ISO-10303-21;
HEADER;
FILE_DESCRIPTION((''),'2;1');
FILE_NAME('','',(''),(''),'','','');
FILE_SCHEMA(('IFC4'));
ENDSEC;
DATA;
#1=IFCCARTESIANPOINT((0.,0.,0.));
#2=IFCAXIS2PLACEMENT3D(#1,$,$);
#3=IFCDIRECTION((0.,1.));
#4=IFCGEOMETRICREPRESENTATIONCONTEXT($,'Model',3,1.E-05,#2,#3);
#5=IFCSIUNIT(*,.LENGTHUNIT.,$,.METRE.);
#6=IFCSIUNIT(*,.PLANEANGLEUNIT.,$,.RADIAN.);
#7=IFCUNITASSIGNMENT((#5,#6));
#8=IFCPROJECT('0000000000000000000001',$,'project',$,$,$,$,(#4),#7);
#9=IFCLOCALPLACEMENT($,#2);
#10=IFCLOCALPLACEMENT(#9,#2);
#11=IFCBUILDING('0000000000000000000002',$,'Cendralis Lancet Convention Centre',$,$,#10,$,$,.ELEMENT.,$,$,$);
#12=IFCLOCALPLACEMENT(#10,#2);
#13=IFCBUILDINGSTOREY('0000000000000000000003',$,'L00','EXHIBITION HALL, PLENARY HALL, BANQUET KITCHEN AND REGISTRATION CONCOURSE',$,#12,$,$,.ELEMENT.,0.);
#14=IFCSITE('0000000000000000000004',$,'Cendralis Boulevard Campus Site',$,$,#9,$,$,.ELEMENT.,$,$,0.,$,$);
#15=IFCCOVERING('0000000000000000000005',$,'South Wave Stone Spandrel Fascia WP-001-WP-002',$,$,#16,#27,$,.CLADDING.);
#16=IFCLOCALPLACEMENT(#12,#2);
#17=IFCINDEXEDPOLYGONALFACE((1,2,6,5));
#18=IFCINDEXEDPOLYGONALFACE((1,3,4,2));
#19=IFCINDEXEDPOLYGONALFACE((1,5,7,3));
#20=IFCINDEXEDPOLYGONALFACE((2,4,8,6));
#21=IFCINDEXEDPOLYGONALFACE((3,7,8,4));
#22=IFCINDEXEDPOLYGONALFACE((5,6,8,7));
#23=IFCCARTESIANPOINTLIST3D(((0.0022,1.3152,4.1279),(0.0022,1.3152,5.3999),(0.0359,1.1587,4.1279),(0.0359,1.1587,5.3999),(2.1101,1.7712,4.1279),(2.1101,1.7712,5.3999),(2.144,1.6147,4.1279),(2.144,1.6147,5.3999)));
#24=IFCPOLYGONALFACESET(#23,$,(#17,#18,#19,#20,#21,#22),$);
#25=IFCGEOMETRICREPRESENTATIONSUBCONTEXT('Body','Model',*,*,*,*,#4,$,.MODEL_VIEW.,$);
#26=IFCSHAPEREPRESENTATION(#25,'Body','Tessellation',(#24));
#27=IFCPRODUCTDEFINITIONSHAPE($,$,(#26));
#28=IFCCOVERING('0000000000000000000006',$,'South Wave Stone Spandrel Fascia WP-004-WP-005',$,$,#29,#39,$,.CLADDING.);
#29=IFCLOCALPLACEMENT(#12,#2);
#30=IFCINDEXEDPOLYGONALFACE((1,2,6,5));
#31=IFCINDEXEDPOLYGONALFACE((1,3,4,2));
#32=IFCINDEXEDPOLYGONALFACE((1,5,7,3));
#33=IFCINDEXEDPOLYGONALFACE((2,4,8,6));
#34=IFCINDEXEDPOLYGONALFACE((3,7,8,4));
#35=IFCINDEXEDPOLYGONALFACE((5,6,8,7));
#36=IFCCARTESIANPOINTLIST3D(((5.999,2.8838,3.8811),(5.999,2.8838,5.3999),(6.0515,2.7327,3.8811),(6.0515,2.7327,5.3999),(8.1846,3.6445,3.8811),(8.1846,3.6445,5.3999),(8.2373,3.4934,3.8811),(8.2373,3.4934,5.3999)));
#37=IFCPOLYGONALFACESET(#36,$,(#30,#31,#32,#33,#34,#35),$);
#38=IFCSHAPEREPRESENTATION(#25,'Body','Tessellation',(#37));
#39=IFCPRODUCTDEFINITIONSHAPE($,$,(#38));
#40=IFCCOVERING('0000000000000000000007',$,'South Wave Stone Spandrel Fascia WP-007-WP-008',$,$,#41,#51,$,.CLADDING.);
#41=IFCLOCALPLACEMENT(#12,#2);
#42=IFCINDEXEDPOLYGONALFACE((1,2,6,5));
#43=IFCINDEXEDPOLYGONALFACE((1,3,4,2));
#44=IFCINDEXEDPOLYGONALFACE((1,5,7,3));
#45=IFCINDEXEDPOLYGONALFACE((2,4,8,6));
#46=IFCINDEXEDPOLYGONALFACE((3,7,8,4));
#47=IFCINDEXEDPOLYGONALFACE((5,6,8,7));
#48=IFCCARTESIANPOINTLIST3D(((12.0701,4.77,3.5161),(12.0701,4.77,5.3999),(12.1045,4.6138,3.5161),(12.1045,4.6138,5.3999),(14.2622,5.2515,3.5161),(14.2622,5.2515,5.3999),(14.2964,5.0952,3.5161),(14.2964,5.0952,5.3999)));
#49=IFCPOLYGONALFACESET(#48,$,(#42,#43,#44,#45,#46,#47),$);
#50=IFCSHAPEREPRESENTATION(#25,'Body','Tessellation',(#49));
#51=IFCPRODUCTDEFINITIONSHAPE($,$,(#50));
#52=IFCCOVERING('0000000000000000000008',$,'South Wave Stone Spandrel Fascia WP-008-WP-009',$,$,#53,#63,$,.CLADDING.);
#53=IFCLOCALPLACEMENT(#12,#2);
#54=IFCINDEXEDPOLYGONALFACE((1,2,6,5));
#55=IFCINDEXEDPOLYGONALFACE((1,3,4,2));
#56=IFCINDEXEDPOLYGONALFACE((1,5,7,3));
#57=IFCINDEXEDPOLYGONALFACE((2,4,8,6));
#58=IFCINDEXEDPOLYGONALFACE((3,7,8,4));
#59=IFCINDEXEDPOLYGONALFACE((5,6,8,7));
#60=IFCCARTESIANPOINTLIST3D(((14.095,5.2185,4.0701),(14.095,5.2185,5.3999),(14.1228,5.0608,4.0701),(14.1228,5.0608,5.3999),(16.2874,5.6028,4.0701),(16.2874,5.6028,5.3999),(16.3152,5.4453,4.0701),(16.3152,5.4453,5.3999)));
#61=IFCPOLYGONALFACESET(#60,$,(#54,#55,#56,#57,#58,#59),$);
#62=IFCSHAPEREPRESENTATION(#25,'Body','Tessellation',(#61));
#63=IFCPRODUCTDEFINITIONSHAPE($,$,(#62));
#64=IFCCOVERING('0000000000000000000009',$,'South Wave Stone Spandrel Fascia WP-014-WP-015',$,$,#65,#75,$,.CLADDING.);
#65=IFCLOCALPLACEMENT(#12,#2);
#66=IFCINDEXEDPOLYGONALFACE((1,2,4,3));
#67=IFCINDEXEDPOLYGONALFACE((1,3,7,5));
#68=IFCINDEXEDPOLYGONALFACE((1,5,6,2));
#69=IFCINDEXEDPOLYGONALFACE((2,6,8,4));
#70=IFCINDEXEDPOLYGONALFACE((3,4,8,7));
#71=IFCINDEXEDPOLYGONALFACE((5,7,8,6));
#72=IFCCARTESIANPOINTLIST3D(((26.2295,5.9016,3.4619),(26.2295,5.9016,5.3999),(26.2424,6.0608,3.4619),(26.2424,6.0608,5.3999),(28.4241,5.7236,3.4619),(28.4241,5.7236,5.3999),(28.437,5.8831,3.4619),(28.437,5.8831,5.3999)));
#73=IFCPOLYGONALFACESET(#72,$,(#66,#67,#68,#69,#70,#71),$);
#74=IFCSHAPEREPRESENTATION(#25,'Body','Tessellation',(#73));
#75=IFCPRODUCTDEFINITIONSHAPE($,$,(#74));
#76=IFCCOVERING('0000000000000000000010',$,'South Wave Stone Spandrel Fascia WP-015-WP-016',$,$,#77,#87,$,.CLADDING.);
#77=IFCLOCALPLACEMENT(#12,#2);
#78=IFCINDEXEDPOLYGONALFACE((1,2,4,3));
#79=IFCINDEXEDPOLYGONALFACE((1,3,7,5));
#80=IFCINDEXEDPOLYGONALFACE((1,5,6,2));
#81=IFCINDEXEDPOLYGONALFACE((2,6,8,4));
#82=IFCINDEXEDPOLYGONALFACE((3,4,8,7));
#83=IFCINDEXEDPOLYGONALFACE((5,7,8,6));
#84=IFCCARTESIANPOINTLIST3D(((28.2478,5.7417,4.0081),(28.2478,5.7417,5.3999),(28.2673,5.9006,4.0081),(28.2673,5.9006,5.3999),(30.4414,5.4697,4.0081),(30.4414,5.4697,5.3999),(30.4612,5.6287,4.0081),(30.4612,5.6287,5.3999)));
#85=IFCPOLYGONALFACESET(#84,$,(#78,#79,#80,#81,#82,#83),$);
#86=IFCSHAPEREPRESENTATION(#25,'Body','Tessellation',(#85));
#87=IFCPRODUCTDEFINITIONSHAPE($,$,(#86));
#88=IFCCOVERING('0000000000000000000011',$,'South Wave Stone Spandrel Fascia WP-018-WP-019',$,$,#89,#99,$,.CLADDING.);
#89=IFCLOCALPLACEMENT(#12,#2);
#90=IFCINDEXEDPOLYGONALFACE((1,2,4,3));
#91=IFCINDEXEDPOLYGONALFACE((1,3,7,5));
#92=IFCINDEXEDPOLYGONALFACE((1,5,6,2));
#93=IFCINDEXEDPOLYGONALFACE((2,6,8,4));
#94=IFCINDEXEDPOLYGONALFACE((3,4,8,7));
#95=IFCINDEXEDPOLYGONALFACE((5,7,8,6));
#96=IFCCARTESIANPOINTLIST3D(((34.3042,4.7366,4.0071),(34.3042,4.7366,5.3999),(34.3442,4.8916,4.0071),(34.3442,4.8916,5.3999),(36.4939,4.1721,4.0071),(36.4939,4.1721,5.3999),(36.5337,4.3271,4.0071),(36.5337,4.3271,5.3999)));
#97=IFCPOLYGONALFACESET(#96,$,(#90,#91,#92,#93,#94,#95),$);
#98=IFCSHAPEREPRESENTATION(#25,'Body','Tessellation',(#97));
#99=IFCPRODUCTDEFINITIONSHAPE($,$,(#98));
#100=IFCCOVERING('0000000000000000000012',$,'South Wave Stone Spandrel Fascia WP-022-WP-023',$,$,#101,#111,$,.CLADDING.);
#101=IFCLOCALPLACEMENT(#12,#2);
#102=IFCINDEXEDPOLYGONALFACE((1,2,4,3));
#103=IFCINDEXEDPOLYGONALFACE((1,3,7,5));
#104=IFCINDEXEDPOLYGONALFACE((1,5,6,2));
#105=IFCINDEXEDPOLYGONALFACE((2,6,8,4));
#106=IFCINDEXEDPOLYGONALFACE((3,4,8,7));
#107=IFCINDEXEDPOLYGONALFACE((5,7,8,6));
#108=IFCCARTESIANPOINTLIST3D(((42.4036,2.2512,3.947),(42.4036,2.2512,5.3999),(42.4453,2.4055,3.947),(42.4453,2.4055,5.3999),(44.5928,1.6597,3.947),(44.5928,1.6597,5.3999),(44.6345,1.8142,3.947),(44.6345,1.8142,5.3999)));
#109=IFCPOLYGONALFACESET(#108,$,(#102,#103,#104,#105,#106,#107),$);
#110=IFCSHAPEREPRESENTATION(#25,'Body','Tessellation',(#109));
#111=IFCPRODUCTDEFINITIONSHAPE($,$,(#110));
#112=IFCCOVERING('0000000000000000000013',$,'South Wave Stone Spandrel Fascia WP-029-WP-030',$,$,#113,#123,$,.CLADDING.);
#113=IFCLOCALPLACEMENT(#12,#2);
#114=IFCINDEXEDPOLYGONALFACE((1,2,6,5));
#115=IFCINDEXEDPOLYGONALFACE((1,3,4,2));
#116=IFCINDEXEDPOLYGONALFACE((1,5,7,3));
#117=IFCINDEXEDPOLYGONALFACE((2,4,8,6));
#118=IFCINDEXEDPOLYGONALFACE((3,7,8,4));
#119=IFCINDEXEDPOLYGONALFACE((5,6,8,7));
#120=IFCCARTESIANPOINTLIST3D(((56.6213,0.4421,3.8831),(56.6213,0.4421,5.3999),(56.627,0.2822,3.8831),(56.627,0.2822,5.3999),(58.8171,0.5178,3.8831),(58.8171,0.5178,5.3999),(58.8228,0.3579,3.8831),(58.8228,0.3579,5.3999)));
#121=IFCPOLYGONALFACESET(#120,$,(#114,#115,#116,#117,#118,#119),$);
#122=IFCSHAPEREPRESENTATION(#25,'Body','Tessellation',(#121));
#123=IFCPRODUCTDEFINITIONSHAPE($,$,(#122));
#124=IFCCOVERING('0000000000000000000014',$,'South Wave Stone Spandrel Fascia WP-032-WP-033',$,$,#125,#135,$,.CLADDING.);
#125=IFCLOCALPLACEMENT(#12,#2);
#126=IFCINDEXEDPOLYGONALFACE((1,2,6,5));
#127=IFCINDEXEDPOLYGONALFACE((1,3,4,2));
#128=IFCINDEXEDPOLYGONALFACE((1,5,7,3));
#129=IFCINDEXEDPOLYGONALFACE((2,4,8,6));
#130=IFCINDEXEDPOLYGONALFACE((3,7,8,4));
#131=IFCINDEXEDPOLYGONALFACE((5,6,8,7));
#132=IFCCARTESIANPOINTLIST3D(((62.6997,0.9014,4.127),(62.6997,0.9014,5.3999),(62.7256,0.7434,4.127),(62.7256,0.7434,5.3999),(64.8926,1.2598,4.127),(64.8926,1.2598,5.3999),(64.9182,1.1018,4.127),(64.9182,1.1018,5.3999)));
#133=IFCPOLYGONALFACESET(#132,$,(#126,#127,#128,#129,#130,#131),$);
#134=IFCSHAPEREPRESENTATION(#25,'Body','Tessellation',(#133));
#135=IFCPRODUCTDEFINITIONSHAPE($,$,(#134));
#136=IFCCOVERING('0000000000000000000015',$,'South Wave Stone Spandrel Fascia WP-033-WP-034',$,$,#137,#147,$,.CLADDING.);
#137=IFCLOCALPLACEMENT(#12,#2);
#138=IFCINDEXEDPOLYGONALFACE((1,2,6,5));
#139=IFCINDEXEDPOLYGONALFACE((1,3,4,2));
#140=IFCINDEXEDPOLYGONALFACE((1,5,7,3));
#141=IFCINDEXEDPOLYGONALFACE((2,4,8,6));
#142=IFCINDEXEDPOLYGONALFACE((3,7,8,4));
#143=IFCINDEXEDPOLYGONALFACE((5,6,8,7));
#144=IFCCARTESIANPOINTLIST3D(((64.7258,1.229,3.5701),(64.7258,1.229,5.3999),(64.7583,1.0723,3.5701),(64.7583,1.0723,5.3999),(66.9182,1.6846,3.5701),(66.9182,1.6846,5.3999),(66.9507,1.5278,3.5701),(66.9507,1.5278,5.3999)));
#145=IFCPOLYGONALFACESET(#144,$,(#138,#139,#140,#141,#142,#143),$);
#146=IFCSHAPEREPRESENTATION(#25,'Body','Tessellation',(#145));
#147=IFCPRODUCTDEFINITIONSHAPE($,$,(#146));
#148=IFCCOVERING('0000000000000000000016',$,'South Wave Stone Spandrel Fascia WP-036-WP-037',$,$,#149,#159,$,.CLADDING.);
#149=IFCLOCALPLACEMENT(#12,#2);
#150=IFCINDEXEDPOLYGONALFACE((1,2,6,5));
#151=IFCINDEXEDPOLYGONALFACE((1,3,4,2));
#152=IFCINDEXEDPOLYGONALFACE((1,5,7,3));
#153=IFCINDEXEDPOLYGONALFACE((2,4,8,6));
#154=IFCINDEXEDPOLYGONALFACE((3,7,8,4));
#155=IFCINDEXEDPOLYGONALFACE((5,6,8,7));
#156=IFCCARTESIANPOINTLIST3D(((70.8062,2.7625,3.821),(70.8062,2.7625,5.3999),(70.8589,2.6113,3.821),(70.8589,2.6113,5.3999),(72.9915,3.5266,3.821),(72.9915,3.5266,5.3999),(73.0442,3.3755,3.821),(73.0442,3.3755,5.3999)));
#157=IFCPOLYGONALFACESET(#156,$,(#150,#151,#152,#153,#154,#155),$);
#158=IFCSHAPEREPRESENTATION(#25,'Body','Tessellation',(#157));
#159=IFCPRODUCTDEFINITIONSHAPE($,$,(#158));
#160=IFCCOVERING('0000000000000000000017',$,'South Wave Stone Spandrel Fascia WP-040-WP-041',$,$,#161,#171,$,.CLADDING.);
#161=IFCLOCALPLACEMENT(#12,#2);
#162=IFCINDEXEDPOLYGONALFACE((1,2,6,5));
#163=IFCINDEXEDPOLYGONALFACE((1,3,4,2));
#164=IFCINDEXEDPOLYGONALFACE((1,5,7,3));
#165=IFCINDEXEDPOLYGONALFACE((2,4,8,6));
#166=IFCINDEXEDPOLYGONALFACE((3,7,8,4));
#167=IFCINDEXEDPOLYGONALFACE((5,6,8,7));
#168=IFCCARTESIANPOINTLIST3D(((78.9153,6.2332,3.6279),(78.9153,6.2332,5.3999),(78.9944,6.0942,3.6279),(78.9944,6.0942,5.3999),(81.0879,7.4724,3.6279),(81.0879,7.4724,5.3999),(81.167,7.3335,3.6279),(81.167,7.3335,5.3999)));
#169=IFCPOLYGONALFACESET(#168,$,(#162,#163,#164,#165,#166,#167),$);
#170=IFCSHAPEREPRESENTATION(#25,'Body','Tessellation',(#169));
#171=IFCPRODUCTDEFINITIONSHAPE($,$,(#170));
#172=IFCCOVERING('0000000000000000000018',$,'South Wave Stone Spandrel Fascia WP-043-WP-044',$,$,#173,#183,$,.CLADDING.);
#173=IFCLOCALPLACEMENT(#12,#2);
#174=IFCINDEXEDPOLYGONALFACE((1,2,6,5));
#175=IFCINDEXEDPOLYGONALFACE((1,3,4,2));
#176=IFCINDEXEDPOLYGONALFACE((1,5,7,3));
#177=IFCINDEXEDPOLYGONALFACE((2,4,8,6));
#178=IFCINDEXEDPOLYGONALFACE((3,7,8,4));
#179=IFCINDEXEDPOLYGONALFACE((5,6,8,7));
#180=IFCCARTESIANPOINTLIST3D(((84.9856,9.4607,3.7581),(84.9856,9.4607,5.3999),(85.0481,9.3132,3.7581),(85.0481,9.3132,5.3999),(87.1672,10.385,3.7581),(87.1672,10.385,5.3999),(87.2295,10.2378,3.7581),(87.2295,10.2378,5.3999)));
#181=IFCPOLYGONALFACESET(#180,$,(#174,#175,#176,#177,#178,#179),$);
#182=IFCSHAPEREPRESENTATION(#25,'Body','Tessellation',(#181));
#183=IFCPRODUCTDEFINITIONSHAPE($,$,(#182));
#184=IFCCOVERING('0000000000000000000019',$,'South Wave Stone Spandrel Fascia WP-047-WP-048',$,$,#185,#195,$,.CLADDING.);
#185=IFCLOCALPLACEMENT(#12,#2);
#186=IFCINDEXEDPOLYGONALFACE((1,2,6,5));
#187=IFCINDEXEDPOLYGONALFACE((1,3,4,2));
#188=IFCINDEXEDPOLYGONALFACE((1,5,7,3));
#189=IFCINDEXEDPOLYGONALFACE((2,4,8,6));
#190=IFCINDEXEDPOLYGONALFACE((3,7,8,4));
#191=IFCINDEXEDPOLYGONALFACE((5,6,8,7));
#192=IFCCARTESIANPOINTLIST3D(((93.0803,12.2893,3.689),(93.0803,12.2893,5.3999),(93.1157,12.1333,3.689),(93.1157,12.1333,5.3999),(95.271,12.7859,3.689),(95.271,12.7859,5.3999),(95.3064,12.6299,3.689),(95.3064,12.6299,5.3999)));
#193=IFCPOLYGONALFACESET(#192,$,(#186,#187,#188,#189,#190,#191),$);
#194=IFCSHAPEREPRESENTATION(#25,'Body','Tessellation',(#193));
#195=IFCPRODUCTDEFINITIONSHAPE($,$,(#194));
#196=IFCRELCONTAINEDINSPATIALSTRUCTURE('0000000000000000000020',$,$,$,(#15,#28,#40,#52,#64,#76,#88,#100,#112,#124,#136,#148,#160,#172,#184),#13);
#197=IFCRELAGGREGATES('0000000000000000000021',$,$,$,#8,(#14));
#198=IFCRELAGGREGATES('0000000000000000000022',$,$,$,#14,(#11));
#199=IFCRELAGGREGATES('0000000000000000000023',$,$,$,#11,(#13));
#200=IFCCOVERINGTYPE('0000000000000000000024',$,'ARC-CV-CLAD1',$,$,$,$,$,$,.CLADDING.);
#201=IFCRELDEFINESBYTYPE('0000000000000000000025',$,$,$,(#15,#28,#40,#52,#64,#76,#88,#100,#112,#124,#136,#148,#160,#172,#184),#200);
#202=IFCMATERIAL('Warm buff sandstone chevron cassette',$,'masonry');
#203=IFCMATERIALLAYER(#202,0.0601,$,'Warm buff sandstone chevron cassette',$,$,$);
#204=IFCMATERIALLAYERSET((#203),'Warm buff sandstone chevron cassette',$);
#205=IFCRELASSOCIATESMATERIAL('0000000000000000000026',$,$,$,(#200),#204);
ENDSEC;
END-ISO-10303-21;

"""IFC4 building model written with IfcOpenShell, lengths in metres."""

from ifc_helpers import new_model, si_unit, direction, frame, origin, place, context, subcontext, project, spatial, polyline, outline, extrude, material, layer, layer_set, type_object, element, save


model = new_model("IFC4")

# Units and contexts
model_context = context("Model", 3, precision=1e-05, world=origin(), true_north=direction((0.0, 1.0)))
body_context = subcontext(model_context, "Body", "Model", "MODEL_VIEW")
ifc_project = project(units=[si_unit("LENGTHUNIT", "METRE"), si_unit("PLANEANGLEUNIT", "RADIAN")], contexts=[model_context])

# Site, building, storey
site_placement = place(None, origin())
site = spatial("IfcSite", under=ifc_project, at=site_placement, Name="Cendralis Boulevard Campus Site", CompositionType="ELEMENT", RefElevation=0.0)
building_placement = place(site_placement, origin())
building = spatial("IfcBuilding", under=site, at=building_placement, Name="Cendralis Lancet Convention Centre", CompositionType="ELEMENT")
storey_placement = place(building_placement, origin())
storey = spatial("IfcBuildingStorey", under=building, at=storey_placement, Name="L00", Description="EXHIBITION HALL, PLENARY HALL, BANQUET KITCHEN AND REGISTRATION CONCOURSE", CompositionType="ELEMENT", Elevation=0.0)

# Coverings
ifc_material = material(Name="Warm buff sandstone chevron cassette", Category="masonry")
ifc_layer = layer(ifc_material, 0.0601, Name="Warm buff sandstone chevron cassette")
ifc_layer_set = layer_set([ifc_layer], Name="Warm buff sandstone chevron cassette")
covering_type = type_object("IfcCoveringType", Name="ARC-CV-CLAD1", PredefinedType="CLADDING", material=ifc_layer_set)
covering_1_placement = place(storey_placement, frame((0.0, 0.0, 4.1279)))
element("IfcCovering", 1, at=covering_1_placement, inside=storey, type_object=covering_type, Name="South Wave Stone Spandrel Fascia WP-001-WP-002", PredefinedType="CLADDING", context=body_context, shape_type="SweptSolid", body=[
    extrude(outline(polyline([(0.0359, 1.1587), (2.144, 1.6147), (2.1101, 1.7712), (0.0022, 1.3152), (0.0359, 1.1587)])), origin(), (0.0, 0.0, 1.0), 1.272),
])
covering_2_placement = place(storey_placement, frame((0.0, 0.0, 3.8811)))
element("IfcCovering", 2, at=covering_2_placement, inside=storey, type_object=covering_type, Name="South Wave Stone Spandrel Fascia WP-004-WP-005", PredefinedType="CLADDING", context=body_context, shape_type="SweptSolid", body=[
    extrude(outline(polyline([(6.0515, 2.7327), (8.2373, 3.4934), (8.1846, 3.6445), (5.999, 2.8838), (6.0515, 2.7327)])), origin(), (0.0, 0.0, 1.0), 1.5188),
])
covering_3_placement = place(storey_placement, frame((0.0, 0.0, 3.5161)))
element("IfcCovering", 3, at=covering_3_placement, inside=storey, type_object=covering_type, Name="South Wave Stone Spandrel Fascia WP-007-WP-008", PredefinedType="CLADDING", context=body_context, shape_type="SweptSolid", body=[
    extrude(outline(polyline([(12.1045, 4.6138), (14.2964, 5.0952), (14.2622, 5.2515), (12.0701, 4.77), (12.1045, 4.6138)])), origin(), (0.0, 0.0, 1.0), 1.8838),
])
covering_4_placement = place(storey_placement, frame((0.0, 0.0, 4.0701)))
element("IfcCovering", 4, at=covering_4_placement, inside=storey, type_object=covering_type, Name="South Wave Stone Spandrel Fascia WP-008-WP-009", PredefinedType="CLADDING", context=body_context, shape_type="SweptSolid", body=[
    extrude(outline(polyline([(14.1228, 5.0608), (16.3152, 5.4453), (16.2874, 5.6028), (14.095, 5.2185), (14.1228, 5.0608)])), origin(), (0.0, 0.0, 1.0), 1.3298),
])
covering_5_placement = place(storey_placement, frame((0.0, 0.0, 3.4619)))
element("IfcCovering", 5, at=covering_5_placement, inside=storey, type_object=covering_type, Name="South Wave Stone Spandrel Fascia WP-014-WP-015", PredefinedType="CLADDING", context=body_context, shape_type="SweptSolid", body=[
    extrude(outline(polyline([(26.2295, 5.9016), (28.4241, 5.7236), (28.437, 5.8831), (26.2424, 6.0608), (26.2295, 5.9016)])), origin(), (0.0, 0.0, 1.0), 1.938),
])
covering_6_placement = place(storey_placement, frame((0.0, 0.0, 4.0081)))
element("IfcCovering", 6, at=covering_6_placement, inside=storey, type_object=covering_type, Name="South Wave Stone Spandrel Fascia WP-015-WP-016", PredefinedType="CLADDING", context=body_context, shape_type="SweptSolid", body=[
    extrude(outline(polyline([(28.2478, 5.7417), (30.4414, 5.4697), (30.4612, 5.6287), (28.2673, 5.9006), (28.2478, 5.7417)])), origin(), (0.0, 0.0, 1.0), 1.3918),
])
covering_7_placement = place(storey_placement, frame((0.0, 0.0, 4.0071)))
element("IfcCovering", 7, at=covering_7_placement, inside=storey, type_object=covering_type, Name="South Wave Stone Spandrel Fascia WP-018-WP-019", PredefinedType="CLADDING", context=body_context, shape_type="SweptSolid", body=[
    extrude(outline(polyline([(34.3042, 4.7366), (36.4939, 4.1721), (36.5337, 4.3271), (34.3442, 4.8916), (34.3042, 4.7366)])), origin(), (0.0, 0.0, 1.0), 1.3928),
])
covering_8_placement = place(storey_placement, frame((0.0, 0.0, 3.947)))
element("IfcCovering", 8, at=covering_8_placement, inside=storey, type_object=covering_type, Name="South Wave Stone Spandrel Fascia WP-022-WP-023", PredefinedType="CLADDING", context=body_context, shape_type="SweptSolid", body=[
    extrude(outline(polyline([(42.4036, 2.2512), (44.5928, 1.6597), (44.6345, 1.8142), (42.4453, 2.4055), (42.4036, 2.2512)])), origin(), (0.0, 0.0, 1.0), 1.4529),
])
covering_9_placement = place(storey_placement, frame((0.0, 0.0, 3.8831)))
element("IfcCovering", 9, at=covering_9_placement, inside=storey, type_object=covering_type, Name="South Wave Stone Spandrel Fascia WP-029-WP-030", PredefinedType="CLADDING", context=body_context, shape_type="SweptSolid", body=[
    extrude(outline(polyline([(56.627, 0.2822), (58.8228, 0.3579), (58.8171, 0.5178), (56.6213, 0.4421), (56.627, 0.2822)])), origin(), (0.0, 0.0, 1.0), 1.5168),
])
covering_10_placement = place(storey_placement, frame((0.0, 0.0, 4.127)))
element("IfcCovering", 10, at=covering_10_placement, inside=storey, type_object=covering_type, Name="South Wave Stone Spandrel Fascia WP-032-WP-033", PredefinedType="CLADDING", context=body_context, shape_type="SweptSolid", body=[
    extrude(outline(polyline([(62.7256, 0.7434), (64.9182, 1.1018), (64.8926, 1.2598), (62.6997, 0.9014), (62.7256, 0.7434)])), origin(), (0.0, 0.0, 1.0), 1.2729),
])
covering_11_placement = place(storey_placement, frame((0.0, 0.0, 3.5701)))
element("IfcCovering", 11, at=covering_11_placement, inside=storey, type_object=covering_type, Name="South Wave Stone Spandrel Fascia WP-033-WP-034", PredefinedType="CLADDING", context=body_context, shape_type="SweptSolid", body=[
    extrude(outline(polyline([(64.7583, 1.0723), (66.9507, 1.5278), (66.9182, 1.6846), (64.7258, 1.229), (64.7583, 1.0723)])), origin(), (0.0, 0.0, 1.0), 1.8298),
])
covering_12_placement = place(storey_placement, frame((0.0, 0.0, 3.821)))
element("IfcCovering", 12, at=covering_12_placement, inside=storey, type_object=covering_type, Name="South Wave Stone Spandrel Fascia WP-036-WP-037", PredefinedType="CLADDING", context=body_context, shape_type="SweptSolid", body=[
    extrude(outline(polyline([(70.8589, 2.6113), (73.0442, 3.3755), (72.9915, 3.5266), (70.8062, 2.7625), (70.8589, 2.6113)])), origin(), (0.0, 0.0, 1.0), 1.5789),
])
covering_13_placement = place(storey_placement, frame((0.0, 0.0, 3.6279)))
element("IfcCovering", 13, at=covering_13_placement, inside=storey, type_object=covering_type, Name="South Wave Stone Spandrel Fascia WP-040-WP-041", PredefinedType="CLADDING", context=body_context, shape_type="SweptSolid", body=[
    extrude(outline(polyline([(78.9944, 6.0942), (81.167, 7.3335), (81.0879, 7.4724), (78.9153, 6.2332), (78.9944, 6.0942)])), origin(), (0.0, 0.0, 1.0), 1.772),
])
covering_14_placement = place(storey_placement, frame((0.0, 0.0, 3.7581)))
element("IfcCovering", 14, at=covering_14_placement, inside=storey, type_object=covering_type, Name="South Wave Stone Spandrel Fascia WP-043-WP-044", PredefinedType="CLADDING", context=body_context, shape_type="SweptSolid", body=[
    extrude(outline(polyline([(85.0481, 9.3132), (87.2295, 10.2378), (87.1672, 10.385), (84.9856, 9.4607), (85.0481, 9.3132)])), origin(), (0.0, 0.0, 1.0), 1.6418),
])
covering_15_placement = place(storey_placement, frame((0.0, 0.0, 3.689)))
element("IfcCovering", 15, at=covering_15_placement, inside=storey, type_object=covering_type, Name="South Wave Stone Spandrel Fascia WP-047-WP-048", PredefinedType="CLADDING", context=body_context, shape_type="SweptSolid", body=[
    extrude(outline(polyline([(93.1157, 12.1333), (95.3064, 12.6299), (95.271, 12.7859), (93.0803, 12.2893), (93.1157, 12.1333)])), origin(), (0.0, 0.0, 1.0), 1.7109),
])

save(model, "model.ifc")
